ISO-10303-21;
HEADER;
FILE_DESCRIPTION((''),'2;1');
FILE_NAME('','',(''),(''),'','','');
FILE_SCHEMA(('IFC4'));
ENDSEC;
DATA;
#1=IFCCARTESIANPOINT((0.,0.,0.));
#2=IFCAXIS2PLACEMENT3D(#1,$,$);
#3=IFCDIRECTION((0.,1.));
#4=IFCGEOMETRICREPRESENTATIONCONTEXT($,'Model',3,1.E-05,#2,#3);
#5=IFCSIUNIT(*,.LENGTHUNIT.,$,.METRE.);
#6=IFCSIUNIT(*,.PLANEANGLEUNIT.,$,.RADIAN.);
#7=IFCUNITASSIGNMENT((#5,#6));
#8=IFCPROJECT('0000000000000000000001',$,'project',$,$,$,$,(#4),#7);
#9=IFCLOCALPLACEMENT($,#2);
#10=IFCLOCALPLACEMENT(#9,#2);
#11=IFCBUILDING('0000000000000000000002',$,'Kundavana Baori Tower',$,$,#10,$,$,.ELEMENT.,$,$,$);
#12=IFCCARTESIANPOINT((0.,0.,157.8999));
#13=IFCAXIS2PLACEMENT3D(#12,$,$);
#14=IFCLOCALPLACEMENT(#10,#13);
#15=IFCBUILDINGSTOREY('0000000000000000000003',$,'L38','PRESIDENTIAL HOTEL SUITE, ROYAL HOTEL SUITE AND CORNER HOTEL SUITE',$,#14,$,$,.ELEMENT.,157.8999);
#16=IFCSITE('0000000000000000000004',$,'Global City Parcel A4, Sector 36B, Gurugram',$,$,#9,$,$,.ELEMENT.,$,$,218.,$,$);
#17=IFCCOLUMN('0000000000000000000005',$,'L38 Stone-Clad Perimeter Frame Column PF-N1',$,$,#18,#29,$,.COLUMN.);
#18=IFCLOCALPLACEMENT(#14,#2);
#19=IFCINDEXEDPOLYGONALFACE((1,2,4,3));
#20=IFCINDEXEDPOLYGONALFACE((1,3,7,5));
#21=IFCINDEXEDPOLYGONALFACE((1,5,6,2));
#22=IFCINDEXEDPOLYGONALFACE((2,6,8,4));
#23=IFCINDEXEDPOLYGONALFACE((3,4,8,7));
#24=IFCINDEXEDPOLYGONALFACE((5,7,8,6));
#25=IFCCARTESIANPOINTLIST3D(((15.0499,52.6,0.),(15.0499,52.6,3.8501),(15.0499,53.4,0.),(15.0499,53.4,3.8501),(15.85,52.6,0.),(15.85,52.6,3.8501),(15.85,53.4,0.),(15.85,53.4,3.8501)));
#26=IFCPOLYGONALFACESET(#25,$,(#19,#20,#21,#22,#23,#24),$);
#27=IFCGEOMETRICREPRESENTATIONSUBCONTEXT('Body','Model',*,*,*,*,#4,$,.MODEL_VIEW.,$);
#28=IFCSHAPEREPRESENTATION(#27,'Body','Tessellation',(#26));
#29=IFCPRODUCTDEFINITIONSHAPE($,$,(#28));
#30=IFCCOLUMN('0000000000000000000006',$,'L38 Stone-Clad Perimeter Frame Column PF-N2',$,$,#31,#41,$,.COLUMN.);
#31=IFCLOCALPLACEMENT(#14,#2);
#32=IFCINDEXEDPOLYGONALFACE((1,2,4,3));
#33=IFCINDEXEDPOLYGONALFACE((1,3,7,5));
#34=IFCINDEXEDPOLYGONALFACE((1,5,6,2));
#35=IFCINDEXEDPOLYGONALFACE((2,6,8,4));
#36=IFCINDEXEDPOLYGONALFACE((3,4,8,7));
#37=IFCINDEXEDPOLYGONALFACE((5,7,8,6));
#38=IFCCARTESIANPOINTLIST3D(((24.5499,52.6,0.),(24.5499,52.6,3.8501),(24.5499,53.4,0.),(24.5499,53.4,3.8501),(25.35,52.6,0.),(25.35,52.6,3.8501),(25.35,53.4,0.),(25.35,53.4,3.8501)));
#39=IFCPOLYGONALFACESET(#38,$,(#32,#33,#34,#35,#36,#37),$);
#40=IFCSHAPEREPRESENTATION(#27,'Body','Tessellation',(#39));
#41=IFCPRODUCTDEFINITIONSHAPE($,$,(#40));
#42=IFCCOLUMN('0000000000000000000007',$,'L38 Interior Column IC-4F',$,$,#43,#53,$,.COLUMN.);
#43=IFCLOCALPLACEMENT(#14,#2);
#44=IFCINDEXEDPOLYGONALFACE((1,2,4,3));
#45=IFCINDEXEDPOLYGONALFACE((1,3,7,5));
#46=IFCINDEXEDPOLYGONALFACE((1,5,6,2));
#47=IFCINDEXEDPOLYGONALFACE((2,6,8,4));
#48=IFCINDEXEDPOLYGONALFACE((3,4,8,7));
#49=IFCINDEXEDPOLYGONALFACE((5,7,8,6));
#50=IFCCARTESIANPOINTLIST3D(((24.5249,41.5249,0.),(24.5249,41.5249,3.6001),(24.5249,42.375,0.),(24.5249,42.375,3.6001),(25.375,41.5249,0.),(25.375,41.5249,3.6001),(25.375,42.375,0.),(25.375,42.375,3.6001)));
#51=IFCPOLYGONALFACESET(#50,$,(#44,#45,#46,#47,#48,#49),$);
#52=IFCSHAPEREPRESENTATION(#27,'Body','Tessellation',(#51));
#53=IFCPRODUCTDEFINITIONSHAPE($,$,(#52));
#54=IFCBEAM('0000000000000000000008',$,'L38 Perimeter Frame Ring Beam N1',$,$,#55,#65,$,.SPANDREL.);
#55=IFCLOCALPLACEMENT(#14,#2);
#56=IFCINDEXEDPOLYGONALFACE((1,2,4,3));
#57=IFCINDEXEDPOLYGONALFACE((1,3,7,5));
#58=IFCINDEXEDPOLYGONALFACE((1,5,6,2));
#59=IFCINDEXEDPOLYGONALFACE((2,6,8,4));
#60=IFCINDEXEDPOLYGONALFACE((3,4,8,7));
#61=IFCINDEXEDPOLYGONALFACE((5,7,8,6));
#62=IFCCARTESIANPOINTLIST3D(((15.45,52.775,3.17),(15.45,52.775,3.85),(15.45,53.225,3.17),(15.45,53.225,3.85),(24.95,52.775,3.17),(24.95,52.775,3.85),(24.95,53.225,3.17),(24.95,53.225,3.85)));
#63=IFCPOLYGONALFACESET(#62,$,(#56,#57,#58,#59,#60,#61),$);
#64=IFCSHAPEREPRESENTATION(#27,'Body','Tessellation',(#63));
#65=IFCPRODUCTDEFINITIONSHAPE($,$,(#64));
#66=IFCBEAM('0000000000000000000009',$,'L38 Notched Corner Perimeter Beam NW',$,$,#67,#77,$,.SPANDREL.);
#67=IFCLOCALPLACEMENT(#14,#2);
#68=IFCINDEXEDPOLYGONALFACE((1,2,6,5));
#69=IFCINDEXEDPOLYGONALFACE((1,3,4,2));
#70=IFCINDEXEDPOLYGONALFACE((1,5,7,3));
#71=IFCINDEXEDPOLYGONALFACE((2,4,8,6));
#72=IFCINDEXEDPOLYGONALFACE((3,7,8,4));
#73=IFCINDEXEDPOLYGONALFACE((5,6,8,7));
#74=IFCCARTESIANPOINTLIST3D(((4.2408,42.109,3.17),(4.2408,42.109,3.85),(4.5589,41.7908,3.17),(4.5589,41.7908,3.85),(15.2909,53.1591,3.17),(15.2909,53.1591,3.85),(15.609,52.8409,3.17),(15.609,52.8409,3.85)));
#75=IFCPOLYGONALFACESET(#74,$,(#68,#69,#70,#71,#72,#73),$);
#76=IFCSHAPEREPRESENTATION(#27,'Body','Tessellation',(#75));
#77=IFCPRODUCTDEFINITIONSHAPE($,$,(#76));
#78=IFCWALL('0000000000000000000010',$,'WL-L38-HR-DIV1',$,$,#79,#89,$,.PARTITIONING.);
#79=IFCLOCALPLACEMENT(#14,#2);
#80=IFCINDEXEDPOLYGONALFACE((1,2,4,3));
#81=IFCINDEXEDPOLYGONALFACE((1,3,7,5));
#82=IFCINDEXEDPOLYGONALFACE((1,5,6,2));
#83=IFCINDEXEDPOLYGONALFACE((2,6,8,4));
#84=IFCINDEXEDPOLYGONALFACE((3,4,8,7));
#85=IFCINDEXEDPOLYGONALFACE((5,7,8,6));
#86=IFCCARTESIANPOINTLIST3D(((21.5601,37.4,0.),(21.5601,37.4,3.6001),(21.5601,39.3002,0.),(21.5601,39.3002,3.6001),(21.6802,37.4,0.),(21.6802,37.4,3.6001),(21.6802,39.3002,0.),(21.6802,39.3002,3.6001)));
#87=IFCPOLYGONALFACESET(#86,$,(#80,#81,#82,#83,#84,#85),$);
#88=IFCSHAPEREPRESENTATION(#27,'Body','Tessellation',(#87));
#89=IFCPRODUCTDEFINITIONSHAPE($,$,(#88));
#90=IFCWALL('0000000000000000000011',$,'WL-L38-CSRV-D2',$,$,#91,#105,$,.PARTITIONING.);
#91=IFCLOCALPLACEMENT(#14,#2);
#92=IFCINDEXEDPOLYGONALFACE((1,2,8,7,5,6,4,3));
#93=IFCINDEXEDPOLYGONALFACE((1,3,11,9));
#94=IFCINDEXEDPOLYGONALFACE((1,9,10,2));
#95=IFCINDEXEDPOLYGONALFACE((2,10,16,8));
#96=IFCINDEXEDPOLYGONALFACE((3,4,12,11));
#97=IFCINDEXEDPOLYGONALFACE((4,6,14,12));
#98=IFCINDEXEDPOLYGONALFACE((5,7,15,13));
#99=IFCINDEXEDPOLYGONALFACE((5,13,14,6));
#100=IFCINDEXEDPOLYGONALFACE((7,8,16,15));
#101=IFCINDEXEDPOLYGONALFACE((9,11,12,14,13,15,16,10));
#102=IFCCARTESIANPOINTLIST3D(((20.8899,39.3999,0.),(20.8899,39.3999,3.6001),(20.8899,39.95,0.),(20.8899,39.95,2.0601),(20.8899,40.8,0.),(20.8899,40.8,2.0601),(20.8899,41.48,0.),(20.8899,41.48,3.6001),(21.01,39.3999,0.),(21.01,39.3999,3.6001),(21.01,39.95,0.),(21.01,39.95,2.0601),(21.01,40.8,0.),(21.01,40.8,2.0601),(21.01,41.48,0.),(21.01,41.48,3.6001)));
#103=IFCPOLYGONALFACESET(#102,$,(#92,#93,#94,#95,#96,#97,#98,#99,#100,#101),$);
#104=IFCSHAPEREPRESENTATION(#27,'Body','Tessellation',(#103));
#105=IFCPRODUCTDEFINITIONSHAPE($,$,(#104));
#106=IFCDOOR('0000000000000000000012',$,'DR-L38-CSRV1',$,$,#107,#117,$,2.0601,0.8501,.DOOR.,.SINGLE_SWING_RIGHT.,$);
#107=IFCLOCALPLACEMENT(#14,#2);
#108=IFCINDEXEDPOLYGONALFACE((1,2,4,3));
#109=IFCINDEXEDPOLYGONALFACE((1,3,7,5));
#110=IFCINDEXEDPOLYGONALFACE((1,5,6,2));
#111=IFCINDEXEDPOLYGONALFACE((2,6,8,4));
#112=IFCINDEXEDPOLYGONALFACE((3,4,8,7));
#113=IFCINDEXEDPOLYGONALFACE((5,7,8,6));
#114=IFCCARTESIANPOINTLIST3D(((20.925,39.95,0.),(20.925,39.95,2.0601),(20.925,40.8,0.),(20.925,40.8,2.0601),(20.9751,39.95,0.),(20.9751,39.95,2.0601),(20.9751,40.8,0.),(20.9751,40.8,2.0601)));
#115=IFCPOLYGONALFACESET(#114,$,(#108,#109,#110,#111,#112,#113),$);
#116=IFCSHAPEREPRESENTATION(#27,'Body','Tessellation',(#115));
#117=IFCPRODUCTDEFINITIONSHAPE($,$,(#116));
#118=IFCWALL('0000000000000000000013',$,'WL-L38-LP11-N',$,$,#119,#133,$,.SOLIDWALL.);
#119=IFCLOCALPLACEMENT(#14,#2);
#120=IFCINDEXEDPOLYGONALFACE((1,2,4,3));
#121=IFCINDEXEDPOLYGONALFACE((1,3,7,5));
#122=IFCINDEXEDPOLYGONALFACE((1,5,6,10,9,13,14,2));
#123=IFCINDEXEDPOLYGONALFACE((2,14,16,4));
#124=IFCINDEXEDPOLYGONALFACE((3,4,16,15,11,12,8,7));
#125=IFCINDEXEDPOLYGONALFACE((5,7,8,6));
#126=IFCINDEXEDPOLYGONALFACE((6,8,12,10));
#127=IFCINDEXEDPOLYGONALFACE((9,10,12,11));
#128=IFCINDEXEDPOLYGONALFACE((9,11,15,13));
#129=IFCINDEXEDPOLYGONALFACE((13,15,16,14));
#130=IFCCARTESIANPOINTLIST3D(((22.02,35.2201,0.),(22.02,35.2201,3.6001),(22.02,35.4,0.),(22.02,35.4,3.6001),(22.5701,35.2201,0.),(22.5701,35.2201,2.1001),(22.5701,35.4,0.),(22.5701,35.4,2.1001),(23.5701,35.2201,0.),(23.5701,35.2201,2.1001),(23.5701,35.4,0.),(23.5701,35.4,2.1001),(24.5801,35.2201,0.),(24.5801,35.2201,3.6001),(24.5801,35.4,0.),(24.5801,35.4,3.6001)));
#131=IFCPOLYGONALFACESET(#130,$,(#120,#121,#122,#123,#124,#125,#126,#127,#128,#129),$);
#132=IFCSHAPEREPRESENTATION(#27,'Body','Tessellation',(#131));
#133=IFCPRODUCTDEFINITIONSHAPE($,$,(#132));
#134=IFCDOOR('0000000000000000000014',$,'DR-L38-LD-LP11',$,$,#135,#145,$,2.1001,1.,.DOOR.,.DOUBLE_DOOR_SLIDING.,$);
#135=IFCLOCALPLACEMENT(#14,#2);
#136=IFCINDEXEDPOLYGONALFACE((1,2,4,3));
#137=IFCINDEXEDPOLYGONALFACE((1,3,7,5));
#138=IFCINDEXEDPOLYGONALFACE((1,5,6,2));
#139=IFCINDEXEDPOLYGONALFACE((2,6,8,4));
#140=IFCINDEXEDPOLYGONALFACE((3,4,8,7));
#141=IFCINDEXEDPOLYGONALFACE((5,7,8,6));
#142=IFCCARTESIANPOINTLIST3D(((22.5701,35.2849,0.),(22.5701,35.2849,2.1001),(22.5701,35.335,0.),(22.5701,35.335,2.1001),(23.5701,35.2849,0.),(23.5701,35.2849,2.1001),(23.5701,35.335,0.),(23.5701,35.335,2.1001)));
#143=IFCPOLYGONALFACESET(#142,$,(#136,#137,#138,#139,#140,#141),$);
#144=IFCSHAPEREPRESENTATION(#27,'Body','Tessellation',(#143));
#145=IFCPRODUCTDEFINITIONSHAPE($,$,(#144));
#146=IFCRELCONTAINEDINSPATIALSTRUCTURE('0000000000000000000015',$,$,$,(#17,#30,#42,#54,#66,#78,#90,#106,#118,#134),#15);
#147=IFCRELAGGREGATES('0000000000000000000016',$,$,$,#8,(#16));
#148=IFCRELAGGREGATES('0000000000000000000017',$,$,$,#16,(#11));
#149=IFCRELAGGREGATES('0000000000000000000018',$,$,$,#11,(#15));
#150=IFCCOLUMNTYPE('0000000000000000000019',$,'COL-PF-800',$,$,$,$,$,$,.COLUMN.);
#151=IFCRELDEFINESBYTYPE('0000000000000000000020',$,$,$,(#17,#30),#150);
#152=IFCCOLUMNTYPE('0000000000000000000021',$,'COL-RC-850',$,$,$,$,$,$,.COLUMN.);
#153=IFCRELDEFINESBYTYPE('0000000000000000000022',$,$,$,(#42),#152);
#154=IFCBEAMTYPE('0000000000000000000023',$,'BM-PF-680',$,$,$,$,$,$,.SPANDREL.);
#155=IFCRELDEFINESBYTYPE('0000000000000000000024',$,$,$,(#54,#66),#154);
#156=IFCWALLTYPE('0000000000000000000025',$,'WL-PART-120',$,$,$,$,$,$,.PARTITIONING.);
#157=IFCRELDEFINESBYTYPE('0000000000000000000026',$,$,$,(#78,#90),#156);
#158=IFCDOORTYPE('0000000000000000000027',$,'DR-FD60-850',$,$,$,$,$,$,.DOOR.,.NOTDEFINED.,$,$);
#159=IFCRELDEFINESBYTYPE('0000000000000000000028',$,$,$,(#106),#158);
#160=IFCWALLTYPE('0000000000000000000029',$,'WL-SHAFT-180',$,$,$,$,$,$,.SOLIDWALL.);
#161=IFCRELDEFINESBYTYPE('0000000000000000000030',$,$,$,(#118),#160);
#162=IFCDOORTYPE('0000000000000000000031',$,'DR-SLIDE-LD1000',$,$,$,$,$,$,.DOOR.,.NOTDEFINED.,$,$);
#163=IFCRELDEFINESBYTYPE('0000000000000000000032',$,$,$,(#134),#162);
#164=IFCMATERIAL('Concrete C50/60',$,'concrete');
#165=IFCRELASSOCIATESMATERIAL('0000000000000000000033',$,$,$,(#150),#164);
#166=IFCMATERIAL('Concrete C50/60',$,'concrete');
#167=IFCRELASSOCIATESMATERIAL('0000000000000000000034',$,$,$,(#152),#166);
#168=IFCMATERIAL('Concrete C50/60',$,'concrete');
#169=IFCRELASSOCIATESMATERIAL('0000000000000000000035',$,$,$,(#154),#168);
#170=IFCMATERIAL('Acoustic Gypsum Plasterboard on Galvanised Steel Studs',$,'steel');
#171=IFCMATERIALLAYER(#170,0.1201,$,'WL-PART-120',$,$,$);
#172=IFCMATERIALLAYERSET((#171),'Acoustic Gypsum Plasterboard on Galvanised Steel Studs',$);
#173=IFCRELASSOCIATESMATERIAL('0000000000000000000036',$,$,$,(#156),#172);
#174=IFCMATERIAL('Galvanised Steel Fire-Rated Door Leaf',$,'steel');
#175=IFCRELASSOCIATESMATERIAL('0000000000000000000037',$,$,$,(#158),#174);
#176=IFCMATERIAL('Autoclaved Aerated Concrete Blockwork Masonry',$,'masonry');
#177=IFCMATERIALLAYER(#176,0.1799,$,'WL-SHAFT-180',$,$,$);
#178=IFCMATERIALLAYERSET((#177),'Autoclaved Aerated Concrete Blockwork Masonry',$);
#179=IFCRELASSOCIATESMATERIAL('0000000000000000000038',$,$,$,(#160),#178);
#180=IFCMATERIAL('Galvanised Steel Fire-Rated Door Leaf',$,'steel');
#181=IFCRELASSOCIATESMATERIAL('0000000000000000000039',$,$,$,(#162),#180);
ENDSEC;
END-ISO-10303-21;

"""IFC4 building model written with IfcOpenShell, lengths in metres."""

from ifc_helpers import new_model, si_unit, direction, frame, frame_2d, origin, origin_2d, place, context, subcontext, project, spatial, rectangle, extrude, material, layer, layer_set, material_profile, profile_set, type_object, element, fill, save


model = new_model("IFC4")

# Units and contexts
model_context = context("Model", 3, precision=1e-05, world=origin(), true_north=direction((0.0, 1.0)))
body_context = subcontext(model_context, "Body", "Model", "MODEL_VIEW")
ifc_project = project(units=[si_unit("LENGTHUNIT", "METRE"), si_unit("PLANEANGLEUNIT", "RADIAN")], contexts=[model_context])

# Site, building, storey
site_placement = place(None, origin())
site = spatial("IfcSite", under=ifc_project, at=site_placement, Name="Global City Parcel A4, Sector 36B, Gurugram", CompositionType="ELEMENT", RefElevation=218.0)
building_placement = place(site_placement, origin())
building = spatial("IfcBuilding", under=site, at=building_placement, Name="Kundavana Baori Tower", CompositionType="ELEMENT")
storey_placement = place(building_placement, frame((0.0, 0.0, 157.8999)))
storey = spatial("IfcBuildingStorey", under=building, at=storey_placement, Name="L38", Description="PRESIDENTIAL HOTEL SUITE, ROYAL HOTEL SUITE AND CORNER HOTEL SUITE", CompositionType="ELEMENT", Elevation=157.8999)

# Columns
ifc_material_1 = material(Name="Concrete C50/60", Category="concrete")
ifc_material_profile_1 = material_profile(ifc_material_1, rectangle(XDim=0.8, YDim=0.8, at=origin_2d()), Name="RC PF 800x800")
ifc_profile_set_1 = profile_set([ifc_material_profile_1], Name="Concrete C50/60")
column_type_1 = type_object("IfcColumnType", Name="COL-PF-800", PredefinedType="COLUMN", material=ifc_profile_set_1)
for number, where, z_axis, x_axis, name in (
    (1, (15.45, 53.0, 0.0), (0.0, 0.0, 1.0), (1.0, 0.0, 0.0), "L38 Stone-Clad Perimeter Frame Column PF-N1"),
    (2, (24.95, 53.0, 0.0), (0.0, 0.0, 1.0), (1.0, 0.0, 0.0), "L38 Stone-Clad Perimeter Frame Column PF-N2"),
):
    element("IfcColumn", number, at=place(storey_placement, frame(where, z_axis=z_axis, x_axis=x_axis)), inside=storey, type_object=column_type_1, Name=name, PredefinedType="COLUMN", context=body_context, shape_type="SweptSolid", body=[
        extrude(rectangle(XDim=0.8, YDim=0.8, at=origin_2d()), origin(), (0.0, 0.0, 1.0), 3.8501),
    ])
ifc_material_2 = material(Name="Concrete C50/60", Category="concrete")
ifc_material_profile_2 = material_profile(ifc_material_2, rectangle(XDim=0.8501, YDim=0.8501, at=origin_2d()), Name="RC 850x850")
ifc_profile_set_2 = profile_set([ifc_material_profile_2], Name="Concrete C50/60")
column_type_2 = type_object("IfcColumnType", Name="COL-RC-850", PredefinedType="COLUMN", material=ifc_profile_set_2)
column_placement = place(storey_placement, frame((24.95, 41.95, 0.0), z_axis=(0.0, 0.0, 1.0), x_axis=(1.0, 0.0, 0.0)))
element("IfcColumn", 3, at=column_placement, inside=storey, type_object=column_type_2, Name="L38 Interior Column IC-4F", PredefinedType="COLUMN", context=body_context, shape_type="SweptSolid", body=[
    extrude(rectangle(XDim=0.8501, YDim=0.8501, at=origin_2d()), origin(), (0.0, 0.0, 1.0), 3.6001),
])

# Beams
ifc_material_3 = material(Name="Concrete C50/60", Category="concrete")
ifc_material_profile_3 = material_profile(ifc_material_3, rectangle(XDim=0.45, YDim=0.6799, at=origin_2d()), Name="RC BM 450x680")
ifc_profile_set_3 = profile_set([ifc_material_profile_3], Name="Concrete C50/60")
beam_type = type_object("IfcBeamType", Name="BM-PF-680", PredefinedType="SPANDREL", material=ifc_profile_set_3)
beam_1_placement = place(storey_placement, frame((15.45, 53.0, 3.51), z_axis=(1.0, 0.0, 0.0), x_axis=(0.0, 1.0, 0.0)))
element("IfcBeam", 4, at=beam_1_placement, inside=storey, type_object=beam_type, Name="L38 Perimeter Frame Ring Beam N1", PredefinedType="SPANDREL", context=body_context, shape_type="SweptSolid", body=[
    extrude(rectangle(XDim=0.45, YDim=0.6799, at=origin_2d()), origin(), (0.0, 0.0, 1.0), 9.5),
])
beam_2_placement = place(storey_placement, frame((15.45, 53.0, 3.51), z_axis=(-0.707107, -0.707107, 0.0), x_axis=(0.707107, -0.707107, 0.0)))
element("IfcBeam", 5, at=beam_2_placement, inside=storey, type_object=beam_type, Name="L38 Notched Corner Perimeter Beam NW", PredefinedType="SPANDREL", context=body_context, shape_type="SweptSolid", body=[
    extrude(rectangle(XDim=0.45, YDim=0.6799, at=origin_2d()), origin(), (0.0, 0.0, 1.0), 15.6272),
])

# Wall
ifc_material_4 = material(Name="Acoustic Gypsum Plasterboard on Galvanised Steel Studs", Category="steel")
ifc_layer_1 = layer(ifc_material_4, 0.1201, Name="WL-PART-120")
ifc_layer_set_1 = layer_set([ifc_layer_1], Name="Acoustic Gypsum Plasterboard on Galvanised Steel Studs")
wall_type_1 = type_object("IfcWallType", Name="WL-PART-120", PredefinedType="PARTITIONING", material=ifc_layer_set_1)
wall_1_placement = place(storey_placement, frame((21.6201, 37.3999, 0.0), z_axis=(0.0, 0.0, 1.0), x_axis=(0.0, 1.0, 0.0)))
element("IfcWall", 6, at=wall_1_placement, inside=storey, type_object=wall_type_1, Name="WL-L38-HR-DIV1", PredefinedType="PARTITIONING", context=body_context, shape_type="SweptSolid", body=[
    extrude(rectangle(XDim=1.9001, YDim=0.1201, at=frame_2d((0.9502, 0.0))), origin(), (0.0, 0.0, 1.0), 3.6001),
])

# Walls, openings, doors
wall_2_placement = place(storey_placement, frame((20.95, 39.3999, 0.0), z_axis=(0.0, 0.0, 1.0), x_axis=(0.0, 1.0, 0.0)))
wall_2 = element("IfcWall", 7, at=wall_2_placement, inside=storey, type_object=wall_type_1, Name="WL-L38-CSRV-D2", PredefinedType="PARTITIONING", context=body_context, shape_type="SweptSolid", body=[
    extrude(rectangle(XDim=2.0801, YDim=0.1201, at=frame_2d((1.04, 0.0))), origin(), (0.0, 0.0, 1.0), 3.6001),
])
opening_1_placement = place(wall_2_placement, frame((0.55, 0.0, 0.0)))
opening_1 = element("IfcOpeningElement", 8, at=opening_1_placement, cuts=wall_2, PredefinedType="OPENING", context=body_context, shape_type="SweptSolid", body=[
    extrude(rectangle(XDim=0.8501, YDim=2.0601, at=frame_2d((0.425, 1.03))), frame((0.0, 0.0701, 0.0), z_axis=(0.0, -1.0, 0.0), x_axis=(1.0, 0.0, 0.0)), (0.0, 0.0, 1.0), 0.1401),
])
ifc_material_5 = material(Name="Galvanised Steel Fire-Rated Door Leaf", Category="steel")
door_type_1 = type_object("IfcDoorType", Name="DR-FD60-850", OperationType="NOTDEFINED", PredefinedType="DOOR", material=ifc_material_5)
door_1_placement = place(opening_1_placement, origin())
door_1 = element("IfcDoor", 9, at=door_1_placement, inside=storey, type_object=door_type_1, Name="DR-L38-CSRV1", OperationType="SINGLE_SWING_RIGHT", OverallHeight=2.0601, OverallWidth=0.8501, PredefinedType="DOOR", context=body_context, shape_type="SweptSolid", body=[
    extrude(rectangle(XDim=0.8501, YDim=2.0601, at=frame_2d((0.425, 1.03))), frame((0.0, 0.0249, 0.0), z_axis=(0.0, -1.0, 0.0), x_axis=(1.0, 0.0, 0.0)), (0.0, 0.0, 1.0), 0.05),
])
fill(opening_1, door_1)
ifc_material_6 = material(Name="Autoclaved Aerated Concrete Blockwork Masonry", Category="masonry")
ifc_layer_2 = layer(ifc_material_6, 0.1799, Name="WL-SHAFT-180")
ifc_layer_set_2 = layer_set([ifc_layer_2], Name="Autoclaved Aerated Concrete Blockwork Masonry")
wall_type_2 = type_object("IfcWallType", Name="WL-SHAFT-180", PredefinedType="SOLIDWALL", material=ifc_layer_set_2)
wall_3_placement = place(storey_placement, frame((22.02, 35.3101, 0.0), z_axis=(0.0, 0.0, 1.0), x_axis=(1.0, 0.0, 0.0)))
wall_3 = element("IfcWall", 10, at=wall_3_placement, inside=storey, type_object=wall_type_2, Name="WL-L38-LP11-N", PredefinedType="SOLIDWALL", context=body_context, shape_type="SweptSolid", body=[
    extrude(rectangle(XDim=2.5601, YDim=0.1799, at=frame_2d((1.28, 0.0))), origin(), (0.0, 0.0, 1.0), 3.6001),
])
opening_2_placement = place(wall_3_placement, frame((0.55, 0.0, 0.0)))
opening_2 = element("IfcOpeningElement", 11, at=opening_2_placement, cuts=wall_3, PredefinedType="OPENING", context=body_context, shape_type="SweptSolid", body=[
    extrude(rectangle(XDim=1.0, YDim=2.1001, at=frame_2d((0.5, 1.05))), frame((0.0, 0.1001, 0.0), z_axis=(0.0, -1.0, 0.0), x_axis=(1.0, 0.0, 0.0)), (0.0, 0.0, 1.0), 0.2),
])
ifc_material_7 = material(Name="Galvanised Steel Fire-Rated Door Leaf", Category="steel")
door_type_2 = type_object("IfcDoorType", Name="DR-SLIDE-LD1000", OperationType="NOTDEFINED", PredefinedType="DOOR", material=ifc_material_7)
door_2_placement = place(opening_2_placement, origin())
door_2 = element("IfcDoor", 12, at=door_2_placement, inside=storey, type_object=door_type_2, Name="DR-L38-LD-LP11", OperationType="DOUBLE_DOOR_SLIDING", OverallHeight=2.1001, OverallWidth=1.0, PredefinedType="DOOR", context=body_context, shape_type="SweptSolid", body=[
    extrude(rectangle(XDim=1.0, YDim=2.1001, at=frame_2d((0.5, 1.05))), frame((0.0, 0.0249, 0.0), z_axis=(0.0, -1.0, 0.0), x_axis=(1.0, 0.0, 0.0)), (0.0, 0.0, 1.0), 0.05),
])
fill(opening_2, door_2)

save(model, "model.ifc")
